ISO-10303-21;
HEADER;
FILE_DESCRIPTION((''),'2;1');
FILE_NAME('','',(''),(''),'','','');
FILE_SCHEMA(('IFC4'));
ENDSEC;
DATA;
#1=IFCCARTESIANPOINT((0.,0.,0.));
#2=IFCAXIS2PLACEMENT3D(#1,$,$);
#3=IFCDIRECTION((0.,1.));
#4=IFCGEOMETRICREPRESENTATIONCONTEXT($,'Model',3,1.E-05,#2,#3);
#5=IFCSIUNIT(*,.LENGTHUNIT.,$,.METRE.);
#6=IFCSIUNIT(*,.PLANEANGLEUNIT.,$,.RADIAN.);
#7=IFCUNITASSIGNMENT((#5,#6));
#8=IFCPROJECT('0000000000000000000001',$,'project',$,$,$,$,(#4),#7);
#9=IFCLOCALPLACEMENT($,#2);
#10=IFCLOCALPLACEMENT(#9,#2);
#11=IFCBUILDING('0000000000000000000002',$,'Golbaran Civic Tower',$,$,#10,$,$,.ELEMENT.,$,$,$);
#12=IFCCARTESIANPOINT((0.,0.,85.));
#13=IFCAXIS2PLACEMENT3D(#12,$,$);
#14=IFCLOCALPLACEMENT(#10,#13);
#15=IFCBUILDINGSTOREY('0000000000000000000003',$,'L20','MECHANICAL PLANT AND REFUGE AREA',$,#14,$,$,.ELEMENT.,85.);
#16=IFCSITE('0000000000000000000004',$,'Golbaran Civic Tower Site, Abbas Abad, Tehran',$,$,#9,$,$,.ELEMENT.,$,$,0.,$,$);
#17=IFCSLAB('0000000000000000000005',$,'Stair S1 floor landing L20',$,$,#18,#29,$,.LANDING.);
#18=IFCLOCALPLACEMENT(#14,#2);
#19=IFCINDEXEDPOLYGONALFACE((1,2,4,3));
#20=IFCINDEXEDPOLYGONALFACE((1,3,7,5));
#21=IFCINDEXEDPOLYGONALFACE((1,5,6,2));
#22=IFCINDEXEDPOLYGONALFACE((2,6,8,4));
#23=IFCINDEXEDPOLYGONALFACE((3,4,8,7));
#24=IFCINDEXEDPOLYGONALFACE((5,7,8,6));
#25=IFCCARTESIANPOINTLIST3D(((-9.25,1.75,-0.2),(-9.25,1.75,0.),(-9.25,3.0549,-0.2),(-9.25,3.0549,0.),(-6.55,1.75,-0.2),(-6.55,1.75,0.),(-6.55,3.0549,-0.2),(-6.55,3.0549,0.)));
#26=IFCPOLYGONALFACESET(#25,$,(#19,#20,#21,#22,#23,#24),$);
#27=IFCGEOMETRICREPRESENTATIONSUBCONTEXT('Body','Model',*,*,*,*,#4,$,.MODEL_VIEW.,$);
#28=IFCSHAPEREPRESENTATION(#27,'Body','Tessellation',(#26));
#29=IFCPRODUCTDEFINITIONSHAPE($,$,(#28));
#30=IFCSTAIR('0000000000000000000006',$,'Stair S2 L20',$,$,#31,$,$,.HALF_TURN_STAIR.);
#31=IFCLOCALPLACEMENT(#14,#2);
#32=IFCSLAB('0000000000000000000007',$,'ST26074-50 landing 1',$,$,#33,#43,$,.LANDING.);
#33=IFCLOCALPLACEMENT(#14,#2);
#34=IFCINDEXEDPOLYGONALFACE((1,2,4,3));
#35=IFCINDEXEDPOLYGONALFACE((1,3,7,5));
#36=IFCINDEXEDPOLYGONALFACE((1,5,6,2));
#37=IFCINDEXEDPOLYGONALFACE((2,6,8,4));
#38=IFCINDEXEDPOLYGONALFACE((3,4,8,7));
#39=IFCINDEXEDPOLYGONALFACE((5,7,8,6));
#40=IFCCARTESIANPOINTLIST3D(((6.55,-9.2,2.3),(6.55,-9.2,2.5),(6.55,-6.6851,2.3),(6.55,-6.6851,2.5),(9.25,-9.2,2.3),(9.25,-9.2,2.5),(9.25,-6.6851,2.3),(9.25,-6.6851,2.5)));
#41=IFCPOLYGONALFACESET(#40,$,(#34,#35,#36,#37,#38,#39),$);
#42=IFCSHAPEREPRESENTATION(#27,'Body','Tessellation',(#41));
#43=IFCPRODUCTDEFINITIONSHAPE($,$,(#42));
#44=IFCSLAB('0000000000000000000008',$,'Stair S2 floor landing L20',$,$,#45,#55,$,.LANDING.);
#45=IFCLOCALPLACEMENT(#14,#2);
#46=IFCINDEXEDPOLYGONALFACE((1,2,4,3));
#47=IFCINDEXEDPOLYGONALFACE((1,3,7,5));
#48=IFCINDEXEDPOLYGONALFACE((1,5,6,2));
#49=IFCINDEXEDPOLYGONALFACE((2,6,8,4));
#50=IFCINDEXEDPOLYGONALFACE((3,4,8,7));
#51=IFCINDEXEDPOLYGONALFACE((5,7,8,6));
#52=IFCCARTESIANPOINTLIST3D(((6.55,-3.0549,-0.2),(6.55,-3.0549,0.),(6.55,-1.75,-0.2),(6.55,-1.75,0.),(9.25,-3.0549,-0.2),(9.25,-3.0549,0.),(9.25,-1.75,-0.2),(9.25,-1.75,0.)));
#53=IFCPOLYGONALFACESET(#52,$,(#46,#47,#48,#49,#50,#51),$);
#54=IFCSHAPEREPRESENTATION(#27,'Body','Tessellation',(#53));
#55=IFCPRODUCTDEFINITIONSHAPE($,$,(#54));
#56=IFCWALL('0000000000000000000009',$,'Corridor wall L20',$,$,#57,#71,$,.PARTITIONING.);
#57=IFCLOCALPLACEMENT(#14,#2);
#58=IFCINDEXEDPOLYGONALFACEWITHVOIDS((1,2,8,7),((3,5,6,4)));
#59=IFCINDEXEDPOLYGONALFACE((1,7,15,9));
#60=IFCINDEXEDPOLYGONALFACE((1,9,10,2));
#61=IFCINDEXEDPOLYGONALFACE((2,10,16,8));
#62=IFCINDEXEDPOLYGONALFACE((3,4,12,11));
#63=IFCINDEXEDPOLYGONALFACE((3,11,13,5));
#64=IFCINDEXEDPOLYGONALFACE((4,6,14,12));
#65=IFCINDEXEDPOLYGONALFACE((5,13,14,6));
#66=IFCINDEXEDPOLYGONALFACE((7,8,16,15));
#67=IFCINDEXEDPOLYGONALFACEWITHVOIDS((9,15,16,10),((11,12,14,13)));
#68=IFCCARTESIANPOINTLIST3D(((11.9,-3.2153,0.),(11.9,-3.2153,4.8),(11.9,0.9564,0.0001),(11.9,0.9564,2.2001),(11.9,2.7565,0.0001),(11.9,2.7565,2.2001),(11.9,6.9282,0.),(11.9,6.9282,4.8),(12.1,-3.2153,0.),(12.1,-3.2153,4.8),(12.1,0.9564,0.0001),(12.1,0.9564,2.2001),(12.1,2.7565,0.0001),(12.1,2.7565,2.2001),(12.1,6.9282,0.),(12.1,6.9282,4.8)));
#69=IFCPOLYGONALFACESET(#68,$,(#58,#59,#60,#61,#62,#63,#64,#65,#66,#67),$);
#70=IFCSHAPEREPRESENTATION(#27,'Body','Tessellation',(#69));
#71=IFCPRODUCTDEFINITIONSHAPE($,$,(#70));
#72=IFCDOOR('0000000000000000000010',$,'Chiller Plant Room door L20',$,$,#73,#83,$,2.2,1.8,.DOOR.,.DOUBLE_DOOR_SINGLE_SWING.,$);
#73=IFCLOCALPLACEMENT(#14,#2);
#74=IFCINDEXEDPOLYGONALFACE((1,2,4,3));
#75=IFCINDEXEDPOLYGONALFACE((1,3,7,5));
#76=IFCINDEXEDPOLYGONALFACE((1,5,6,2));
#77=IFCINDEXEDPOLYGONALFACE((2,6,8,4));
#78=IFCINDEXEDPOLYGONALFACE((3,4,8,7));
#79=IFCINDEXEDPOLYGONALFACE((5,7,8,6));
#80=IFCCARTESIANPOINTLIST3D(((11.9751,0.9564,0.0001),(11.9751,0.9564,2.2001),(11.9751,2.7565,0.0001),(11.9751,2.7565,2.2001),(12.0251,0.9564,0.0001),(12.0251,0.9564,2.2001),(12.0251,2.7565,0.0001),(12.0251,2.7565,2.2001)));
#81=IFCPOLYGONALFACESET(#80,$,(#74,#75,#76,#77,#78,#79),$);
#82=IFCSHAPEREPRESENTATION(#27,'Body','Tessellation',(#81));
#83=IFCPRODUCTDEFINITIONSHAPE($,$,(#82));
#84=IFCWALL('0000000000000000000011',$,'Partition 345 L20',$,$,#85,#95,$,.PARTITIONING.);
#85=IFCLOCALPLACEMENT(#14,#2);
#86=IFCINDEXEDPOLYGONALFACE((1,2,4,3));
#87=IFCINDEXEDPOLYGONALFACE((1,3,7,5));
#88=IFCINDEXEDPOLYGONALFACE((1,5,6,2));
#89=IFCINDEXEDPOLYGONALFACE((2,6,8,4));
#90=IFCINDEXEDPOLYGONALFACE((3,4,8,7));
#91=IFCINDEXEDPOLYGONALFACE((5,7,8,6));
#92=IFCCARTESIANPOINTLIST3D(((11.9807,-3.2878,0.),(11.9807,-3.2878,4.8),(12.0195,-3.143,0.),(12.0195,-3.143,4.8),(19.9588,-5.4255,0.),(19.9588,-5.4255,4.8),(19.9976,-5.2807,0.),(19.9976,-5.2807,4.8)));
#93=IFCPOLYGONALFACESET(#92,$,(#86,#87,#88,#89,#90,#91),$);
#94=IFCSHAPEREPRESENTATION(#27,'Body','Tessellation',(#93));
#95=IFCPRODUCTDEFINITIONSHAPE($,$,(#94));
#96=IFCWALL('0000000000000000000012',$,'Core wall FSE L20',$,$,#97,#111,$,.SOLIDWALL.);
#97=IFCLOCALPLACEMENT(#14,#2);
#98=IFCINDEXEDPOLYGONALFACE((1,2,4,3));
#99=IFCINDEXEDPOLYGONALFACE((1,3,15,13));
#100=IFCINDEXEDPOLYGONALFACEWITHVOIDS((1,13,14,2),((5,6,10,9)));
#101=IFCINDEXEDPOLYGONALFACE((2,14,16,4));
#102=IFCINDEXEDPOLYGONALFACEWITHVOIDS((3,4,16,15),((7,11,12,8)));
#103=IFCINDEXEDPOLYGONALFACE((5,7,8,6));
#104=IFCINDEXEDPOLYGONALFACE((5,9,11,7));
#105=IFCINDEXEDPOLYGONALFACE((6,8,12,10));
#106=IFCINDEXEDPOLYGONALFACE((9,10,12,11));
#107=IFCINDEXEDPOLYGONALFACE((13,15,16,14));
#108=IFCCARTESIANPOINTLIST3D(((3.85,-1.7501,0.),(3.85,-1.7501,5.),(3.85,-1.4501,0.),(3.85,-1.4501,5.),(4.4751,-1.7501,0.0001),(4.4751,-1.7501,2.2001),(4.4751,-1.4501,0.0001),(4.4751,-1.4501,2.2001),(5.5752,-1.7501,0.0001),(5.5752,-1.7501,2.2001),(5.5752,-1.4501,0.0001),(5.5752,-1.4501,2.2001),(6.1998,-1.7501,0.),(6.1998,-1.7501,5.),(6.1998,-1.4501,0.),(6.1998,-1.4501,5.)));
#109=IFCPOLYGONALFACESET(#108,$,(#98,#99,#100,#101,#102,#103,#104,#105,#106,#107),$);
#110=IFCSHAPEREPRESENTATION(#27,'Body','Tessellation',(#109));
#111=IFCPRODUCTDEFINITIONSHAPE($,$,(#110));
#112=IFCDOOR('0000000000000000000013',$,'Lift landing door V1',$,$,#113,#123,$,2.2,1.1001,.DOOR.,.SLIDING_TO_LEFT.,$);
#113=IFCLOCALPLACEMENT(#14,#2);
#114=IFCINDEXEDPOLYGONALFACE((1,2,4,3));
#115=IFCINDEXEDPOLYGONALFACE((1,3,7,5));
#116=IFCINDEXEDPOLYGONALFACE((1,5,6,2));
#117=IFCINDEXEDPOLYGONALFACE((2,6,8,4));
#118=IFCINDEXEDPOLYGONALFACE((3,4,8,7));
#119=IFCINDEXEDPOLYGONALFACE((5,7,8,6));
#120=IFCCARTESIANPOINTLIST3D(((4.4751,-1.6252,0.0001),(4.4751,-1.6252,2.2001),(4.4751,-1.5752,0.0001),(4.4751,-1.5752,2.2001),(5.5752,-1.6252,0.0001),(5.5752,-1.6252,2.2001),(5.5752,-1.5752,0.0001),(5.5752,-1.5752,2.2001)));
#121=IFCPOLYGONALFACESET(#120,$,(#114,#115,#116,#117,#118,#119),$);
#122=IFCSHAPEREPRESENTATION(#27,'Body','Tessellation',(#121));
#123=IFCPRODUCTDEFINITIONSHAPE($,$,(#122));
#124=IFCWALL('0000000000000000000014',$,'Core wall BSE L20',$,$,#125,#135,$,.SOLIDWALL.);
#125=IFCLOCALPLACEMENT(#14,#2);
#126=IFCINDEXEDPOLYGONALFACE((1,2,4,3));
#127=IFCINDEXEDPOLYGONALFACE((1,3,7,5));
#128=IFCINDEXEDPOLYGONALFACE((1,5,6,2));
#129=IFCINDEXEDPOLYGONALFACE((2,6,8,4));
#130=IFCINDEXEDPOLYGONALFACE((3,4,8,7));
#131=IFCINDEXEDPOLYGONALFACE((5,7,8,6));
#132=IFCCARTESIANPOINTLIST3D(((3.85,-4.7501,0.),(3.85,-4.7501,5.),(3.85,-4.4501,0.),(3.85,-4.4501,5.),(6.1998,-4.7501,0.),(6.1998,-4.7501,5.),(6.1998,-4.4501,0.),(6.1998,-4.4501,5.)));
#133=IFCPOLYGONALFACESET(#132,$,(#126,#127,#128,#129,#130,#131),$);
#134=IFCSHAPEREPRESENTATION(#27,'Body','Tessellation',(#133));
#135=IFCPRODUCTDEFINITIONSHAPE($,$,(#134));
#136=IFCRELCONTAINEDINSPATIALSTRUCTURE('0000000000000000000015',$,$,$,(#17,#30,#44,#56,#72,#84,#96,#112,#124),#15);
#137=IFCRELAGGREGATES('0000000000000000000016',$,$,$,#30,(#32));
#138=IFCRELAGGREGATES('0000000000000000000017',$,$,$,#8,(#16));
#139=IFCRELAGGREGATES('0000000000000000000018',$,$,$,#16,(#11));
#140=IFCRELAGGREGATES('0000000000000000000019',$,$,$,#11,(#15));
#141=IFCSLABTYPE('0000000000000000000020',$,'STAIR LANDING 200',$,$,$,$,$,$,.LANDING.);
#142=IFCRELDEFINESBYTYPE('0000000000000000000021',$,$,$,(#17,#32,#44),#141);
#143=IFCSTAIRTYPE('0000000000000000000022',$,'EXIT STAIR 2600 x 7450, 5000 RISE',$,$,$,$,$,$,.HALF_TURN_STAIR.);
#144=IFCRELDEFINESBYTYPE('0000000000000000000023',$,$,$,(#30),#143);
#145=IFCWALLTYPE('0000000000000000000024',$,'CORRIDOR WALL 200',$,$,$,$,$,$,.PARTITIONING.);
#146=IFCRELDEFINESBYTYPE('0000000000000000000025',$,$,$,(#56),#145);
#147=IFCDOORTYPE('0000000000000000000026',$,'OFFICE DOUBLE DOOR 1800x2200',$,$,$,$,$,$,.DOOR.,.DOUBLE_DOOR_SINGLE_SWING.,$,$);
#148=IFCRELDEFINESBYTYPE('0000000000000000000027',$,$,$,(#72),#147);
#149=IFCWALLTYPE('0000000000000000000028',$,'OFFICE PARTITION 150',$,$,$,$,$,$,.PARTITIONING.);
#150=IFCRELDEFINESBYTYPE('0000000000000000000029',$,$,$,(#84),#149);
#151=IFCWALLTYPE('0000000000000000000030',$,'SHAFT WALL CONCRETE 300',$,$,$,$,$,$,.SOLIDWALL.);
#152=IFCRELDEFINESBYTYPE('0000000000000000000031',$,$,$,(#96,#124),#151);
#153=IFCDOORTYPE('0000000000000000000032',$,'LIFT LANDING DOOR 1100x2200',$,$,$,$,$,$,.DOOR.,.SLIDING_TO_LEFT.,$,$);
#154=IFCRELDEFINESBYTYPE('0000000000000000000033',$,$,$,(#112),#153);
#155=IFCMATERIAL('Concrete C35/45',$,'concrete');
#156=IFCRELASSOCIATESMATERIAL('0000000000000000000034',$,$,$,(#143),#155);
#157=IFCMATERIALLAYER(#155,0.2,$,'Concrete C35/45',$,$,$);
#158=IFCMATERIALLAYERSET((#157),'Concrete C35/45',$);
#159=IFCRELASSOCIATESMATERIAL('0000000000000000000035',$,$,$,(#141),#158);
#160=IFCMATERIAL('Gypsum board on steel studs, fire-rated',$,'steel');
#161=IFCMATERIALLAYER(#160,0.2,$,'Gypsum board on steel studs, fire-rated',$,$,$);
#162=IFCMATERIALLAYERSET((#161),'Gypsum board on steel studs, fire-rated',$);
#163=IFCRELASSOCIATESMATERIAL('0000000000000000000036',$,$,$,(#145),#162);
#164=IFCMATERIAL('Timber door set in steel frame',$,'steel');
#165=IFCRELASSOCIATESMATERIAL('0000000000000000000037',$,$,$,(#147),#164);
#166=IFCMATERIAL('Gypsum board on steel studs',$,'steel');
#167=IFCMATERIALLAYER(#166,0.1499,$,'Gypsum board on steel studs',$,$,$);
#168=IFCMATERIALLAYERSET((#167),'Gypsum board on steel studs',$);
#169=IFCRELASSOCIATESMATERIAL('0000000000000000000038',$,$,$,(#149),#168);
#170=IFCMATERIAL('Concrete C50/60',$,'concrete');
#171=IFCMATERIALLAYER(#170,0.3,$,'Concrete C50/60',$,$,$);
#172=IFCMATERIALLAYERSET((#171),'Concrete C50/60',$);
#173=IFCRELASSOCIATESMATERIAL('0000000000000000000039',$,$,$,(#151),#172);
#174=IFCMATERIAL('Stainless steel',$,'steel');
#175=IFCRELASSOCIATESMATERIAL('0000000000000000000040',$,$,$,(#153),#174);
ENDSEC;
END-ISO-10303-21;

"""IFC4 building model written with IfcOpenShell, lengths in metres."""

from ifc_helpers import new_model, si_unit, direction, frame, frame_2d, origin, place, context, subcontext, project, spatial, polyline, rectangle, outline, extrude, material, layer, layer_set, type_object, element, fill, aggregate, save


model = new_model("IFC4")

# Units and contexts
model_context = context("Model", 3, precision=1e-05, world=origin(), true_north=direction((0.0, 1.0)))
body_context = subcontext(model_context, "Body", "Model", "MODEL_VIEW")
ifc_project = project(units=[si_unit("LENGTHUNIT", "METRE"), si_unit("PLANEANGLEUNIT", "RADIAN")], contexts=[model_context])

# Site, building, storey
site_placement = place(None, origin())
site = spatial("IfcSite", under=ifc_project, at=site_placement, Name="Golbaran Civic Tower Site, Abbas Abad, Tehran", CompositionType="ELEMENT", RefElevation=0.0)
building_placement = place(site_placement, origin())
building = spatial("IfcBuilding", under=site, at=building_placement, Name="Golbaran Civic Tower", CompositionType="ELEMENT")
storey_placement = place(building_placement, frame((0.0, 0.0, 85.0)))
storey = spatial("IfcBuildingStorey", under=building, at=storey_placement, Name="L20", Description="MECHANICAL PLANT AND REFUGE AREA", CompositionType="ELEMENT", Elevation=85.0)

# Shared definitions
ifc_material_1 = material(Name="Concrete C35/45", Category="concrete")

# Shared definitions
stair_type = type_object("IfcStairType", Name="EXIT STAIR 2600 x 7450, 5000 RISE", PredefinedType="HALF_TURN_STAIR", material=ifc_material_1)
ifc_layer_1 = layer(ifc_material_1, 0.2, Name="Concrete C35/45")
ifc_layer_set_1 = layer_set([ifc_layer_1], Name="Concrete C35/45")
slab_type_1 = type_object("IfcSlabType", Name="STAIR LANDING 200", PredefinedType="LANDING", material=ifc_layer_set_1)

# Slab
slab_1_placement = place(storey_placement, frame((0.0, 0.0, -0.2)))
element("IfcSlab", 1, at=slab_1_placement, inside=storey, type_object=slab_type_1, Name="Stair S1 floor landing L20", PredefinedType="LANDING", context=body_context, shape_type="SweptSolid", body=[
    extrude(outline(polyline([(-9.25, 1.75), (-9.25, 3.0549), (-6.55, 3.0549), (-6.55, 1.75), (-9.25, 1.75)])), origin(), (0.0, 0.0, 1.0), 0.2),
])

# Stair, slab
stair_1_placement = place(storey_placement, origin())
stair_1 = element("IfcStair", 2, at=stair_1_placement, inside=storey, type_object=stair_type, Name="Stair S2 L20", PredefinedType="HALF_TURN_STAIR")
slab_2_placement = place(storey_placement, frame((0.0, 0.0, 2.3)))
slab_2 = element("IfcSlab", 3, at=slab_2_placement, type_object=slab_type_1, Name="ST26074-50 landing 1", PredefinedType="LANDING", context=body_context, shape_type="SweptSolid", body=[
    extrude(outline(polyline([(9.25, -6.6851), (9.25, -9.2), (6.55, -9.2), (6.55, -6.6851), (9.25, -6.6851)])), origin(), (0.0, 0.0, 1.0), 0.2),
])

# Slab
slab_3_placement = place(storey_placement, frame((0.0, 0.0, -0.2)))
element("IfcSlab", 4, at=slab_3_placement, inside=storey, type_object=slab_type_1, Name="Stair S2 floor landing L20", PredefinedType="LANDING", context=body_context, shape_type="SweptSolid", body=[
    extrude(outline(polyline([(9.25, -1.75), (9.25, -3.0549), (6.55, -3.0549), (6.55, -1.75), (9.25, -1.75)])), origin(), (0.0, 0.0, 1.0), 0.2),
])

# Wall, opening, door
ifc_material_2 = material(Name="Gypsum board on steel studs, fire-rated", Category="steel")
ifc_layer_2 = layer(ifc_material_2, 0.2, Name="Gypsum board on steel studs, fire-rated")
ifc_layer_set_2 = layer_set([ifc_layer_2], Name="Gypsum board on steel studs, fire-rated")
wall_type_1 = type_object("IfcWallType", Name="CORRIDOR WALL 200", PredefinedType="PARTITIONING", material=ifc_layer_set_2)
wall_1_placement = place(storey_placement, frame((12.0, -3.2153, 0.0), z_axis=(0.0, 0.0, 1.0), x_axis=(0.0, 1.0, 0.0)))
wall_1 = element("IfcWall", 5, at=wall_1_placement, inside=storey, type_object=wall_type_1, Name="Corridor wall L20", PredefinedType="PARTITIONING", context=body_context, shape_type="SweptSolid", body=[
    extrude(rectangle(XDim=10.1436, YDim=0.2, at=frame_2d((5.0718, 0.0))), origin(), (0.0, 0.0, 1.0), 4.8),
])
opening_1_placement = place(wall_1_placement, frame((4.1719, 0.0, 0.0)))
opening_1 = element("IfcOpeningElement", 6, at=opening_1_placement, cuts=wall_1, PredefinedType="OPENING", context=body_context, shape_type="SweptSolid", body=[
    extrude(rectangle(XDim=1.8, YDim=2.2, at=frame_2d((0.8999, 1.1001))), frame((0.0, 0.1099, 0.0), z_axis=(0.0, -1.0, 0.0), x_axis=(1.0, 0.0, 0.0)), (0.0, 0.0, 1.0), 0.22),
])
ifc_material_3 = material(Name="Timber door set in steel frame", Category="steel")
door_type_1 = type_object("IfcDoorType", Name="OFFICE DOUBLE DOOR 1800x2200", OperationType="DOUBLE_DOOR_SINGLE_SWING", PredefinedType="DOOR", material=ifc_material_3)
door_1_placement = place(opening_1_placement, origin())
door_1 = element("IfcDoor", 7, at=door_1_placement, inside=storey, type_object=door_type_1, Name="Chiller Plant Room door L20", OperationType="DOUBLE_DOOR_SINGLE_SWING", OverallHeight=2.2, OverallWidth=1.8, PredefinedType="DOOR", context=body_context, shape_type="SweptSolid", body=[
    extrude(rectangle(XDim=1.8, YDim=2.2, at=frame_2d((0.8999, 1.1001))), frame((0.0, 0.0249, 0.0), z_axis=(0.0, -1.0, 0.0), x_axis=(1.0, 0.0, 0.0)), (0.0, 0.0, 1.0), 0.05),
])
fill(opening_1, door_1)

# Wall
ifc_material_4 = material(Name="Gypsum board on steel studs", Category="steel")
ifc_layer_3 = layer(ifc_material_4, 0.1499, Name="Gypsum board on steel studs")
ifc_layer_set_3 = layer_set([ifc_layer_3], Name="Gypsum board on steel studs")
wall_type_2 = type_object("IfcWallType", Name="OFFICE PARTITION 150", PredefinedType="PARTITIONING", material=ifc_layer_set_3)
wall_2_placement = place(storey_placement, frame((12.0, -3.2153, 0.0), z_axis=(0.0, 0.0, 1.0), x_axis=(0.965926, -0.258818, 0.0)))
element("IfcWall", 8, at=wall_2_placement, inside=storey, type_object=wall_type_2, Name="Partition 345 L20", PredefinedType="PARTITIONING", context=body_context, shape_type="SweptSolid", body=[
    extrude(rectangle(XDim=8.2595, YDim=0.1499, at=frame_2d((4.1299, 0.0))), origin(), (0.0, 0.0, 1.0), 4.8),
])

# Wall, opening, door
ifc_material_5 = material(Name="Concrete C50/60", Category="concrete")
ifc_layer_4 = layer(ifc_material_5, 0.3, Name="Concrete C50/60")
ifc_layer_set_4 = layer_set([ifc_layer_4], Name="Concrete C50/60")
wall_type_3 = type_object("IfcWallType", Name="SHAFT WALL CONCRETE 300", PredefinedType="SOLIDWALL", material=ifc_layer_set_4)
wall_3_placement = place(storey_placement, frame((3.8501, -1.6001, 0.0), z_axis=(0.0, 0.0, 1.0), x_axis=(1.0, 0.0, 0.0)))
wall_3 = element("IfcWall", 9, at=wall_3_placement, inside=storey, type_object=wall_type_3, Name="Core wall FSE L20", PredefinedType="SOLIDWALL", context=body_context, shape_type="SweptSolid", body=[
    extrude(rectangle(XDim=2.3499, YDim=0.3, at=frame_2d((1.1748, 0.0))), origin(), (0.0, 0.0, 1.0), 5.0),
])
opening_2_placement = place(wall_3_placement, frame((0.625, 0.0, 0.0)))
opening_2 = element("IfcOpeningElement", 10, at=opening_2_placement, cuts=wall_3, PredefinedType="OPENING", context=body_context, shape_type="SweptSolid", body=[
    extrude(rectangle(XDim=1.1001, YDim=2.2, at=frame_2d((0.55, 1.1001))), frame((0.0, 0.1599, 0.0), z_axis=(0.0, -1.0, 0.0), x_axis=(1.0, 0.0, 0.0)), (0.0, 0.0, 1.0), 0.3201),
])
ifc_material_6 = material(Name="Stainless steel", Category="steel")
door_type_2 = type_object("IfcDoorType", Name="LIFT LANDING DOOR 1100x2200", OperationType="SLIDING_TO_LEFT", PredefinedType="DOOR", material=ifc_material_6)
door_2_placement = place(opening_2_placement, origin())
door_2 = element("IfcDoor", 11, at=door_2_placement, inside=storey, type_object=door_type_2, Name="Lift landing door V1", OperationType="SLIDING_TO_LEFT", OverallHeight=2.2, OverallWidth=1.1001, PredefinedType="DOOR", context=body_context, shape_type="SweptSolid", body=[
    extrude(rectangle(XDim=1.1001, YDim=2.2, at=frame_2d((0.55, 1.1001))), frame((0.0, 0.0249, 0.0), z_axis=(0.0, -1.0, 0.0), x_axis=(1.0, 0.0, 0.0)), (0.0, 0.0, 1.0), 0.05),
])
fill(opening_2, door_2)

# Wall
wall_4_placement = place(storey_placement, frame((3.8501, -4.6001, 0.0), z_axis=(0.0, 0.0, 1.0), x_axis=(1.0, 0.0, 0.0)))
element("IfcWall", 12, at=wall_4_placement, inside=storey, type_object=wall_type_3, Name="Core wall BSE L20", PredefinedType="SOLIDWALL", context=body_context, shape_type="SweptSolid", body=[
    extrude(rectangle(XDim=2.3499, YDim=0.3, at=frame_2d((1.1748, 0.0))), origin(), (0.0, 0.0, 1.0), 5.0),
])

aggregate(stair_1, [slab_2])

save(model, "model.ifc")
